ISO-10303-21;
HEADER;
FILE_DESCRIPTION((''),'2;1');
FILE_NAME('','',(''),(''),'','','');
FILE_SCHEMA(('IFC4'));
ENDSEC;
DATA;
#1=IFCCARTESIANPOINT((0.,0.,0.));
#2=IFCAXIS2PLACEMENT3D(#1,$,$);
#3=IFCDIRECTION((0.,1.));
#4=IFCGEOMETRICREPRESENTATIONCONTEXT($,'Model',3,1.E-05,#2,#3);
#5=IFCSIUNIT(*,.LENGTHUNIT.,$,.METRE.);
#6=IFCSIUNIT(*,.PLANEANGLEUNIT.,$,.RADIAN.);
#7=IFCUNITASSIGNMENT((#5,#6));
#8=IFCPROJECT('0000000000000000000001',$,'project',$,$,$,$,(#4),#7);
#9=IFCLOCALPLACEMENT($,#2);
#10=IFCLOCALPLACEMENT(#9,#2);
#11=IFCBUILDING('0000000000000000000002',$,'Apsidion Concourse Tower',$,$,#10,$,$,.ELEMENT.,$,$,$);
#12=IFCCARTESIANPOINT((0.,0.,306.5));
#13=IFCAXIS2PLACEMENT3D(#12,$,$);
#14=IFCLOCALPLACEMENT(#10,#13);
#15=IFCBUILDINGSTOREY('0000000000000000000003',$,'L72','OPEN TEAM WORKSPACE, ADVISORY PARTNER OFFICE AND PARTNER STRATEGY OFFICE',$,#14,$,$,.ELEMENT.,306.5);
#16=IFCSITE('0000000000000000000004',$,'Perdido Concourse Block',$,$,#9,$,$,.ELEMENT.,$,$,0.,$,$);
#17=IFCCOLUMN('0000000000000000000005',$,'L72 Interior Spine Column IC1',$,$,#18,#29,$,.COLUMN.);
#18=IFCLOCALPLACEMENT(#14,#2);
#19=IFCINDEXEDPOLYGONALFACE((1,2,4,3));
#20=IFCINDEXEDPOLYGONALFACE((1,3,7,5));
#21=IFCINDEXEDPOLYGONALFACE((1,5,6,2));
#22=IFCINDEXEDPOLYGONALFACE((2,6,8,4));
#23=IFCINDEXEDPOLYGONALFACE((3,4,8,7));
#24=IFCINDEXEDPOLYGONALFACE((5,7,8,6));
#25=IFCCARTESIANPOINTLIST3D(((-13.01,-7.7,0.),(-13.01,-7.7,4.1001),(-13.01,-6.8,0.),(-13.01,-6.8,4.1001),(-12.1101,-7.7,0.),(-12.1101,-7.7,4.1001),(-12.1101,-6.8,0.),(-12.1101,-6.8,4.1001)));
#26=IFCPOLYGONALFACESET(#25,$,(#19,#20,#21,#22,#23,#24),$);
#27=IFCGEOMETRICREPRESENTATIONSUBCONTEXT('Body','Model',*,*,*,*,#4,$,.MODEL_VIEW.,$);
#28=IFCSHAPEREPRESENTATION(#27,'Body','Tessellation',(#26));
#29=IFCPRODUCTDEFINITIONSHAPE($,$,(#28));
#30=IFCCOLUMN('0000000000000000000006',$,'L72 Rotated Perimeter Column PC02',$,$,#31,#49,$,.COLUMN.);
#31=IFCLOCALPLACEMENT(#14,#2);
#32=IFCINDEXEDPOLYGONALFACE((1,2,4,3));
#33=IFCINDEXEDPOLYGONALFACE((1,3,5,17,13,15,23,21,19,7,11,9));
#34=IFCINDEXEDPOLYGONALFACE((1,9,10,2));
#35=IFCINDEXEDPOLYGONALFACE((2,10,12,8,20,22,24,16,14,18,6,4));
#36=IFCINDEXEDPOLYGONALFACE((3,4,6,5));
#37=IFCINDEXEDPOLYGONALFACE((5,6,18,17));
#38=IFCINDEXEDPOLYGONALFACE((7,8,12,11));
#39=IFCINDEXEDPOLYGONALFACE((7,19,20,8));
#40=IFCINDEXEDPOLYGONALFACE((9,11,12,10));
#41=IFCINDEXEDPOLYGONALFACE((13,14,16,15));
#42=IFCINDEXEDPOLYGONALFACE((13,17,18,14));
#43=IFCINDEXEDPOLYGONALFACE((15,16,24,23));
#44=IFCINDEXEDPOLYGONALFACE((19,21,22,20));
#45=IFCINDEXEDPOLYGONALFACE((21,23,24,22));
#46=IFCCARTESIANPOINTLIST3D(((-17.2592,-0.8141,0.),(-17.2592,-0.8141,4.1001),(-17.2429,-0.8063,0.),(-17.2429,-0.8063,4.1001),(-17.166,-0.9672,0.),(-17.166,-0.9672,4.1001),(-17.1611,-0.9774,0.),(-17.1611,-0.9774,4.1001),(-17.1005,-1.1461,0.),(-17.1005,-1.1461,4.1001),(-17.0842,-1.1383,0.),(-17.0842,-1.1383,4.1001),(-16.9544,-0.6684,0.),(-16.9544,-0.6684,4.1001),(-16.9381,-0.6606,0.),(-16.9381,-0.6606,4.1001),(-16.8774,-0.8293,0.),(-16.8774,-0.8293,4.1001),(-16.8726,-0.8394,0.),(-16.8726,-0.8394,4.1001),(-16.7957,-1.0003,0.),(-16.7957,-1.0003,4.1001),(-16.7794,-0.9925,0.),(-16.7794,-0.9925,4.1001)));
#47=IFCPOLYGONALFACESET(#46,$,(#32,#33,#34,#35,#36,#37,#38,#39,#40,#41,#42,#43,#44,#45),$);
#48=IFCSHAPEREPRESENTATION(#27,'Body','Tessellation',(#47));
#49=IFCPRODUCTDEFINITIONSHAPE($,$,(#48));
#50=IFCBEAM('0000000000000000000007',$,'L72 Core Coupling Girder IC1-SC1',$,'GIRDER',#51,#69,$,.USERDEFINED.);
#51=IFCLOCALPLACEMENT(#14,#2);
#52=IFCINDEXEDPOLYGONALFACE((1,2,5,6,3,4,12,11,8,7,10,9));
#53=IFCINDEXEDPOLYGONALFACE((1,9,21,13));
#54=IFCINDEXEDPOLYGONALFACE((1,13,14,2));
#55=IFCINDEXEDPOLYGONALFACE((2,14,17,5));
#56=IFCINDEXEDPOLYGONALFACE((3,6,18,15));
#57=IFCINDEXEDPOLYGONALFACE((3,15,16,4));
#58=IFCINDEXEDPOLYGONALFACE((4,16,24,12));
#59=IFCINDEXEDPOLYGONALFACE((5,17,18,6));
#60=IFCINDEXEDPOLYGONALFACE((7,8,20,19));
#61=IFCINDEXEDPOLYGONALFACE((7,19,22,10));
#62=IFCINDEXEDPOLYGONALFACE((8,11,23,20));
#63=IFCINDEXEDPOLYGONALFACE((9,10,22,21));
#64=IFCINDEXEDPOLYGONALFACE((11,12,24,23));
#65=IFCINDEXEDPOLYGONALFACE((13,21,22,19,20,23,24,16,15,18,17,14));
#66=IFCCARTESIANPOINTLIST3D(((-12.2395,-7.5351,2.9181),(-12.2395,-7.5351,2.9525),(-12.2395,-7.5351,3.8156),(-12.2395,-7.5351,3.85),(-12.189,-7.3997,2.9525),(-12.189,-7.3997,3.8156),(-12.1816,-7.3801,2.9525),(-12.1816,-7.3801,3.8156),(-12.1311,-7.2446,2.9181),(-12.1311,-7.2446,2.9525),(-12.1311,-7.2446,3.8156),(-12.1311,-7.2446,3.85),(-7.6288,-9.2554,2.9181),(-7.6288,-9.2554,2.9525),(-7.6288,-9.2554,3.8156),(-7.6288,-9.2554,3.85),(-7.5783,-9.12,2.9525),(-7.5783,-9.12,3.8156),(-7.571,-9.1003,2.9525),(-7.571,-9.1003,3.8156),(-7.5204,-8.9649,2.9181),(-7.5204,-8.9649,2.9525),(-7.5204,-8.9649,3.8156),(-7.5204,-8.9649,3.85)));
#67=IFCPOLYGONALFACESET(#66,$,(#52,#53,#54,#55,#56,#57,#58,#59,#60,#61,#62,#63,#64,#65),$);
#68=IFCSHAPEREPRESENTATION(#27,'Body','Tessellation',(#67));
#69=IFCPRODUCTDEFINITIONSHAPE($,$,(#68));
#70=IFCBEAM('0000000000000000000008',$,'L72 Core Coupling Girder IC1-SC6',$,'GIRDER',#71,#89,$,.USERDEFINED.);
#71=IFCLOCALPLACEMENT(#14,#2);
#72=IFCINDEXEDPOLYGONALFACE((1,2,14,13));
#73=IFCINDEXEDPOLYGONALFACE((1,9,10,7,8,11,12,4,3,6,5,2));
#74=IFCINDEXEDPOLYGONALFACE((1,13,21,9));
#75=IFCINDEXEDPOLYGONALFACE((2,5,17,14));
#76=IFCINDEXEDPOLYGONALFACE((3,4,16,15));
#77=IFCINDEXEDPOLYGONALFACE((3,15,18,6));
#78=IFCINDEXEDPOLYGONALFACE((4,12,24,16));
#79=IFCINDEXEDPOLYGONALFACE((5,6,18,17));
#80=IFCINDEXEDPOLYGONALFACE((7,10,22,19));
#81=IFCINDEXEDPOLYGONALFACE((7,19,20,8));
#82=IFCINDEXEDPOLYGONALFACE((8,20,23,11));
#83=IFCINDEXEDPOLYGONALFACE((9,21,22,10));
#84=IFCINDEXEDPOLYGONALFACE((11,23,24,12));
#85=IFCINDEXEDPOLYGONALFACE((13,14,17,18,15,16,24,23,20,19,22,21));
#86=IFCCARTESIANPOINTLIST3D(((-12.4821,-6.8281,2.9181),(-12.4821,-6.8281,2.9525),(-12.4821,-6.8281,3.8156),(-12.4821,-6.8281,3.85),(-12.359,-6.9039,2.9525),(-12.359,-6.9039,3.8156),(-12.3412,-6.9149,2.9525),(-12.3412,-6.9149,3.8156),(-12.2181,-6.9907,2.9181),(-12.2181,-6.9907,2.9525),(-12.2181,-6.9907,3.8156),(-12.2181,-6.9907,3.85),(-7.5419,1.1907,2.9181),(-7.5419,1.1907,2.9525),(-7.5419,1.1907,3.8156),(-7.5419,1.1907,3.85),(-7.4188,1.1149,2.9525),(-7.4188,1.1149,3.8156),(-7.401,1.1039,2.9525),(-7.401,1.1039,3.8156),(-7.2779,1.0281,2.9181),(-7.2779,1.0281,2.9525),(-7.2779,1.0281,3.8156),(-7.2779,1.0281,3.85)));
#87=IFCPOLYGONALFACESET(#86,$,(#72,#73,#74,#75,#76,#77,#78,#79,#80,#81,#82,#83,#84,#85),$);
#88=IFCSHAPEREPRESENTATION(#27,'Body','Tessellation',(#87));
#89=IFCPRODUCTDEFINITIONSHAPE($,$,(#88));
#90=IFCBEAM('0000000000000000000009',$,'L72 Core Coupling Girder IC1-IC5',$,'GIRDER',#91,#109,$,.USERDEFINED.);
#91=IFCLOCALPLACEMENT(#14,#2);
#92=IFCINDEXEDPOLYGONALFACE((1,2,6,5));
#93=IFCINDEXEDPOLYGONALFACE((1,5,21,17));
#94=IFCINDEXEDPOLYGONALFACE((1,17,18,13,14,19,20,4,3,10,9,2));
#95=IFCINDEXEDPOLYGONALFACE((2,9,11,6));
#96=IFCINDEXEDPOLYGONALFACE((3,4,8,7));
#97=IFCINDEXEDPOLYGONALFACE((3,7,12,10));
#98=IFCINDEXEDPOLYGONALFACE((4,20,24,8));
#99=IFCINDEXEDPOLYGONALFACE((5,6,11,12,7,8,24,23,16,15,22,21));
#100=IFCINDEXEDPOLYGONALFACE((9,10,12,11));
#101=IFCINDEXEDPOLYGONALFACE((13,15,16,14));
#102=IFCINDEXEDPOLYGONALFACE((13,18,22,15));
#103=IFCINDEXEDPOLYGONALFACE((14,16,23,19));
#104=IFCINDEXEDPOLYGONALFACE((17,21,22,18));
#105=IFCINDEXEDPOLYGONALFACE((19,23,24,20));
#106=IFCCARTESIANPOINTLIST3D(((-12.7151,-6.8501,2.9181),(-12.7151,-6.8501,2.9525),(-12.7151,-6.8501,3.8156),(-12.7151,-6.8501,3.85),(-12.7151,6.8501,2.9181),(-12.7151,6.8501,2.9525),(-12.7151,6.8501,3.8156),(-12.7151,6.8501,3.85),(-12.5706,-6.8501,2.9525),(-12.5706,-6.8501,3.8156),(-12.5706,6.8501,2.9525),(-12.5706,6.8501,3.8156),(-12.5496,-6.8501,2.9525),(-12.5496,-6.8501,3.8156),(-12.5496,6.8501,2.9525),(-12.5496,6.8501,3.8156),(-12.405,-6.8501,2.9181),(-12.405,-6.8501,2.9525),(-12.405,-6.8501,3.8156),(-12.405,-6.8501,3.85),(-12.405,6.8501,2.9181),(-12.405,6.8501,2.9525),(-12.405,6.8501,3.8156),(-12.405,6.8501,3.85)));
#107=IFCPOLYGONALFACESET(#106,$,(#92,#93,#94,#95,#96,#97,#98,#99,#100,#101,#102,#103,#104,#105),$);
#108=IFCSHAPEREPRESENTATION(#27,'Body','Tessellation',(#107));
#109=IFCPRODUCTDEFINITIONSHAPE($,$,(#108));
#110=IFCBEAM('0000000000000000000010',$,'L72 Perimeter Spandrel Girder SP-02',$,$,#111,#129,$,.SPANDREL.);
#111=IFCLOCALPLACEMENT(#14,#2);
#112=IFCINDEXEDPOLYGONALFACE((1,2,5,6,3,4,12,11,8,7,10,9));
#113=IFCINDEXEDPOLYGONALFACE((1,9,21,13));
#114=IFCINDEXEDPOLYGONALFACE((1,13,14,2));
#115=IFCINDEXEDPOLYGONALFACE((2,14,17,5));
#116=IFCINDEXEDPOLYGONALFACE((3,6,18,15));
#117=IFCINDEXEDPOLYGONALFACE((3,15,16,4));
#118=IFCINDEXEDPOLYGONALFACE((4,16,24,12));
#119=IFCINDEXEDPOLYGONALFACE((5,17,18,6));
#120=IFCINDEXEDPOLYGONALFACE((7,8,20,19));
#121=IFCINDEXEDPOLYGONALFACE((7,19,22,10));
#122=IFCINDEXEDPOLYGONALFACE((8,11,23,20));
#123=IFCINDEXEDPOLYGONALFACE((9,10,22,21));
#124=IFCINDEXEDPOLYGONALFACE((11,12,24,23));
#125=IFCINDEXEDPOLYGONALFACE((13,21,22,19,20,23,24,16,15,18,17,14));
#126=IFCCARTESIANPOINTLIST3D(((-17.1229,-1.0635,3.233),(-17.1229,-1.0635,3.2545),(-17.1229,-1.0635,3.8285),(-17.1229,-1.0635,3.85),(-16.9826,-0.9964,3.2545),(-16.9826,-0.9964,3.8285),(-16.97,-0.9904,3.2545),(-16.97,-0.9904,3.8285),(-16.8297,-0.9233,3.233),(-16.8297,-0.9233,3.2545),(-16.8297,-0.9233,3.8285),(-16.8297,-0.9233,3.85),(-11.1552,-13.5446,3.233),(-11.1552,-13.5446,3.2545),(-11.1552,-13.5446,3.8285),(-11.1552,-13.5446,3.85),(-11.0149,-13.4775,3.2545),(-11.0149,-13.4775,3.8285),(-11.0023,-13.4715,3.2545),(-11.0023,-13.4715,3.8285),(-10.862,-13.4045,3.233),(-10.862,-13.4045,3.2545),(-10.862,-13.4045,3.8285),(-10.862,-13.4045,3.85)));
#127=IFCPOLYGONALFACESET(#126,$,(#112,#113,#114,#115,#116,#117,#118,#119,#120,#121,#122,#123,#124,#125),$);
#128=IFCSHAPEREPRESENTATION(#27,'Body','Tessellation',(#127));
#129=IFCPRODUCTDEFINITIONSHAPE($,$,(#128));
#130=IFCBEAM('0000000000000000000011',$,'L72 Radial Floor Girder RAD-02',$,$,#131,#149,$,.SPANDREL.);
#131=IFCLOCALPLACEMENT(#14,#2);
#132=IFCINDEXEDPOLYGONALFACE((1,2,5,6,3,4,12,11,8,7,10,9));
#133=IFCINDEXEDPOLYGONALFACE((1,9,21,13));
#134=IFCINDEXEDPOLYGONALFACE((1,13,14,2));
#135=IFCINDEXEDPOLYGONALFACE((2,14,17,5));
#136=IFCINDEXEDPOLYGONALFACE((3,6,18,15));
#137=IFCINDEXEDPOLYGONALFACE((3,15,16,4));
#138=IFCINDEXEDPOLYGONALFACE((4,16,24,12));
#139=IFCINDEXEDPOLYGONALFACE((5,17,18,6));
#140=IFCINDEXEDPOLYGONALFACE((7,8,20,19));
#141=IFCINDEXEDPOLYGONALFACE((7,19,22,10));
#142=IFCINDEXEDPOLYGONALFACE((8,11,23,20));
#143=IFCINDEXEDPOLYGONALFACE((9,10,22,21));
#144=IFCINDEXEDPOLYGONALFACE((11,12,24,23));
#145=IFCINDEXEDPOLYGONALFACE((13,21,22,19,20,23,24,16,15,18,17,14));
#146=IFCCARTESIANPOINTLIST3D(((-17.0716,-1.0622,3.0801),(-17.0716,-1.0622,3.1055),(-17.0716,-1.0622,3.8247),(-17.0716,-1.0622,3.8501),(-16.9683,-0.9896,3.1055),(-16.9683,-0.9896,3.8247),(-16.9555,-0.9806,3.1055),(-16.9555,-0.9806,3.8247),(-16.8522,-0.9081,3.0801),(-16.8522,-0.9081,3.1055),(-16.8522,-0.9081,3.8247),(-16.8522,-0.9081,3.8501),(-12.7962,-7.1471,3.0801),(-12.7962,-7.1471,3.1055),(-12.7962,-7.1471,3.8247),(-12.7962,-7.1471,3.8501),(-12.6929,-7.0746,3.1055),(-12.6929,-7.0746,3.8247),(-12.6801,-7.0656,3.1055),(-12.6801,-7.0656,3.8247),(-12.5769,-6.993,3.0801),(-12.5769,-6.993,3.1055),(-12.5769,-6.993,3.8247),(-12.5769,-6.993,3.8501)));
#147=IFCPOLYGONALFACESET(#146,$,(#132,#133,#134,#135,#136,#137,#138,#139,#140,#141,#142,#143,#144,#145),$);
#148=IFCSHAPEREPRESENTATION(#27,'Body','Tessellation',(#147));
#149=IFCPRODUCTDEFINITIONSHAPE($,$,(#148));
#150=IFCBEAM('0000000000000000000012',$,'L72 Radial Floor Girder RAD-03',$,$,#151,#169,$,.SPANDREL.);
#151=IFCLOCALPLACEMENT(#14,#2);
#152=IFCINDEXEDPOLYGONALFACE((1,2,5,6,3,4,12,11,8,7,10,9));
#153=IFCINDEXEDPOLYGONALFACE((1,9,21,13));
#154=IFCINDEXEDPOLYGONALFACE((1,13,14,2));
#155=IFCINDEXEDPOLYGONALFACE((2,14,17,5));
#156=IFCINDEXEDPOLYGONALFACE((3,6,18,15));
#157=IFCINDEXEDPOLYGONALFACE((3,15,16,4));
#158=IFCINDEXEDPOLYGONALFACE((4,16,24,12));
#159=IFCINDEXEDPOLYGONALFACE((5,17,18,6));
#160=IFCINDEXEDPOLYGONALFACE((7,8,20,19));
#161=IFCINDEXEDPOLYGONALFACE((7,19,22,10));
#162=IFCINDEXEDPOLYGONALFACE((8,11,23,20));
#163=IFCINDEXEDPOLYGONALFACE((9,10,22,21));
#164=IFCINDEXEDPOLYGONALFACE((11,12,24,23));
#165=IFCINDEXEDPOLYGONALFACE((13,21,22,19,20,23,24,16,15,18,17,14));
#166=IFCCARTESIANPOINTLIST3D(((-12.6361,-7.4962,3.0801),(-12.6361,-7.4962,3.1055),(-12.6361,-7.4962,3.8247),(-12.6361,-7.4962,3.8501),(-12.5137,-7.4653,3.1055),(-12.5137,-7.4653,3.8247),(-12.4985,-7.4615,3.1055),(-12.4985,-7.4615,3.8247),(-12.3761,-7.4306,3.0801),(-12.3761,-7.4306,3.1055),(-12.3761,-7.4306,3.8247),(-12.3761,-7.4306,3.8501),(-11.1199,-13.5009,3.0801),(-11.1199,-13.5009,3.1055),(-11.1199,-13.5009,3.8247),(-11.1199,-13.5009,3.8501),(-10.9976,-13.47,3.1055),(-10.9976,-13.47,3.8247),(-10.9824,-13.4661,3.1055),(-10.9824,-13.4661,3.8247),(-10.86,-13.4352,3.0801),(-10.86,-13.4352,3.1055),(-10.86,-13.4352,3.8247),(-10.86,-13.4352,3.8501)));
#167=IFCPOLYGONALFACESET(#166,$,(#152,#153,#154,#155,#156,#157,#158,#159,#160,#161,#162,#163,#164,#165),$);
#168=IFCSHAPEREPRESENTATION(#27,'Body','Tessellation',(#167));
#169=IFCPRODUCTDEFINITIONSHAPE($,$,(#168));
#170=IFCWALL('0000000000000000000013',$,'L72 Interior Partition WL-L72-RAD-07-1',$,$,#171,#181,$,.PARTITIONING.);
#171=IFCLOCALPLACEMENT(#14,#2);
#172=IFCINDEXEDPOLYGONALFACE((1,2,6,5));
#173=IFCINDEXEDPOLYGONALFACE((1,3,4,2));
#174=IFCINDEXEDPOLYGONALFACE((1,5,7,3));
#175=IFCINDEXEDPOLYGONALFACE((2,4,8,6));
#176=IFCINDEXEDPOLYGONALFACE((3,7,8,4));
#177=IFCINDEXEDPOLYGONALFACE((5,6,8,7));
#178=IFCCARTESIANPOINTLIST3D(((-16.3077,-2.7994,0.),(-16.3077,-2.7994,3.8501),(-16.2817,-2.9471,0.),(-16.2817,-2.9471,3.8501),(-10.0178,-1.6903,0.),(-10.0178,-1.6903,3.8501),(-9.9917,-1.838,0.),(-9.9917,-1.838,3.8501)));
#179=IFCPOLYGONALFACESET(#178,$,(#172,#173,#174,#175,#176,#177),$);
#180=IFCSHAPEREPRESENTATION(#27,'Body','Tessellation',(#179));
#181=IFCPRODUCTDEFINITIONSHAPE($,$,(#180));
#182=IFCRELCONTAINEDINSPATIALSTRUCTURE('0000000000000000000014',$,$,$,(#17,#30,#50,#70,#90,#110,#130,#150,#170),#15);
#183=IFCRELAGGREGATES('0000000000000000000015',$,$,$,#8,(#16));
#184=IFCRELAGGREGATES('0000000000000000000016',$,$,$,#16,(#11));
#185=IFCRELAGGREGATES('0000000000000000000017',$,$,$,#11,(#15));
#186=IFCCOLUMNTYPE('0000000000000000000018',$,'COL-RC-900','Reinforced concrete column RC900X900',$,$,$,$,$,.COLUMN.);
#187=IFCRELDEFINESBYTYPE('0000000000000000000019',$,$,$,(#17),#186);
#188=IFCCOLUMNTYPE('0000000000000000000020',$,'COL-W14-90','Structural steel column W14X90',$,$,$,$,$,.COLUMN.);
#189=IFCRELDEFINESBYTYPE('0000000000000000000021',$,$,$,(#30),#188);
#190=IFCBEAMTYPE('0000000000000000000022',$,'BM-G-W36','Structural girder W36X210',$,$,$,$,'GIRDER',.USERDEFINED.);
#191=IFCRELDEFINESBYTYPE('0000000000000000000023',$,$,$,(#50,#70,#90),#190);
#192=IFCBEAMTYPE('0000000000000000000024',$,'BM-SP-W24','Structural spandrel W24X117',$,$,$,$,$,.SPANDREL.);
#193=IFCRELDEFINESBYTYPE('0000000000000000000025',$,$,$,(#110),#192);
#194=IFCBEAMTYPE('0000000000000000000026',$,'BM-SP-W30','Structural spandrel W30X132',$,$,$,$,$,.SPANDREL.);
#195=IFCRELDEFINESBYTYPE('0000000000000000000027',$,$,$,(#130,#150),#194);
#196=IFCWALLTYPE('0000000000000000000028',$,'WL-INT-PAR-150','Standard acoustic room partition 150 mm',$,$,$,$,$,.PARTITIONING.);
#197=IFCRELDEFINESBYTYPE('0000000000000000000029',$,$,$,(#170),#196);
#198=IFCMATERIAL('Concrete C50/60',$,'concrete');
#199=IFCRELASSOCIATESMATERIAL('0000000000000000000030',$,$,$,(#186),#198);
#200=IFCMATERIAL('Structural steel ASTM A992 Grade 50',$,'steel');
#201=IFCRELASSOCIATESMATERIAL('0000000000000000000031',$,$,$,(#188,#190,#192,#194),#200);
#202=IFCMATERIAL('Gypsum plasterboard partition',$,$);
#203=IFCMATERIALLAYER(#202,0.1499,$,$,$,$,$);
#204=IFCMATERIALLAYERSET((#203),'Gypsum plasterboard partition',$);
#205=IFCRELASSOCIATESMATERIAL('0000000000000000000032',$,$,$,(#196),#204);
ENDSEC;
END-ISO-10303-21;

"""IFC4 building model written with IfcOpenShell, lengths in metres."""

from ifc_helpers import new_model, si_unit, direction, frame, frame_2d, origin, origin_2d, place, context, subcontext, project, spatial, rectangle, i_section, extrude, material, layer, layer_set, material_profile, profile_set, type_object, element, save


model = new_model("IFC4")

# Units and contexts
model_context = context("Model", 3, precision=1e-05, world=origin(), true_north=direction((0.0, 1.0)))
body_context = subcontext(model_context, "Body", "Model", "MODEL_VIEW")
ifc_project = project(units=[si_unit("LENGTHUNIT", "METRE"), si_unit("PLANEANGLEUNIT", "RADIAN")], contexts=[model_context])

# Site, building, storey
site_placement = place(None, origin())
site = spatial("IfcSite", under=ifc_project, at=site_placement, Name="Perdido Concourse Block", CompositionType="ELEMENT", RefElevation=0.0)
building_placement = place(site_placement, origin())
building = spatial("IfcBuilding", under=site, at=building_placement, Name="Apsidion Concourse Tower", CompositionType="ELEMENT")
storey_placement = place(building_placement, frame((0.0, 0.0, 306.5)))
storey = spatial("IfcBuildingStorey", under=building, at=storey_placement, Name="L72", Description="OPEN TEAM WORKSPACE, ADVISORY PARTNER OFFICE AND PARTNER STRATEGY OFFICE", CompositionType="ELEMENT", Elevation=306.5)

# Columns
ifc_material_1 = material(Name="Concrete C50/60", Category="concrete")
ifc_material_profile_1 = material_profile(ifc_material_1, rectangle(XDim=0.8999, YDim=0.8999, at=origin_2d()), Name="RC 900x900")
ifc_profile_set_1 = profile_set([ifc_material_profile_1], Name="Concrete C50/60")
column_type_1 = type_object("IfcColumnType", Name="COL-RC-900", Description="Reinforced concrete column RC900X900", PredefinedType="COLUMN", material=ifc_profile_set_1)
column_1_placement = place(storey_placement, frame((-12.5601, -7.25, 0.0), z_axis=(0.0, 0.0, 1.0), x_axis=(1.0, 0.0, 0.0)))
element("IfcColumn", 1, at=column_1_placement, inside=storey, type_object=column_type_1, Name="L72 Interior Spine Column IC1", PredefinedType="COLUMN", context=body_context, shape_type="SweptSolid", body=[
    extrude(rectangle(XDim=0.8999, YDim=0.8999, at=origin_2d()), origin(), (0.0, 0.0, 1.0), 4.1001),
])
ifc_material_2 = material(Name="Structural steel ASTM A992 Grade 50", Category="steel")
ifc_material_profile_2 = material_profile(ifc_material_2, i_section(OverallWidth=0.3679, OverallDepth=0.356, WebThickness=0.0112, FlangeThickness=0.0181, at=origin_2d()), Name="W14X90")
ifc_profile_set_2 = profile_set([ifc_material_profile_2], Name="Structural steel ASTM A992 Grade 50")
column_type_2 = type_object("IfcColumnType", Name="COL-W14-90", Description="Structural steel column W14X90", PredefinedType="COLUMN", material=ifc_profile_set_2)
column_2_placement = place(storey_placement, frame((-17.0193, -0.9033, 0.0), z_axis=(0.0, 0.0, 1.0), x_axis=(-0.431299, 0.902209, 0.0)))
element("IfcColumn", 2, at=column_2_placement, inside=storey, type_object=column_type_2, Name="L72 Rotated Perimeter Column PC02", PredefinedType="COLUMN", context=body_context, shape_type="SweptSolid", body=[
    extrude(i_section(OverallWidth=0.3679, OverallDepth=0.356, WebThickness=0.0112, FlangeThickness=0.0181, at=origin_2d()), origin(), (0.0, 0.0, 1.0), 4.1001),
])

# Beams
ifc_material_profile_3 = material_profile(ifc_material_2, i_section(OverallWidth=0.3101, OverallDepth=0.9319, WebThickness=0.021, FlangeThickness=0.0344, at=origin_2d()), Name="W36X210")
ifc_profile_set_3 = profile_set([ifc_material_profile_3], Name="Structural steel ASTM A992 Grade 50")
beam_type_1 = type_object("IfcBeamType", Name="BM-G-W36", Description="Structural girder W36X210", ElementType="GIRDER", PredefinedType="USERDEFINED", material=ifc_profile_set_3)
beam_1_placement = place(storey_placement, frame((-12.1853, -7.3899, 3.384), z_axis=(0.936913, -0.349563, 0.0), x_axis=(0.349563, 0.936913, 0.0)))
element("IfcBeam", 3, at=beam_1_placement, inside=storey, type_object=beam_type_1, Name="L72 Core Coupling Girder IC1-SC1", ObjectType="GIRDER", PredefinedType="USERDEFINED", context=body_context, shape_type="SweptSolid", body=[
    extrude(i_section(OverallWidth=0.3101, OverallDepth=0.9319, WebThickness=0.021, FlangeThickness=0.0344, at=origin_2d()), origin(), (0.0, 0.0, 1.0), 4.9211),
])
beam_2_placement = place(storey_placement, frame((-12.3501, -6.9094, 3.384), z_axis=(0.524524, 0.851396, 0.0), x_axis=(-0.851396, 0.524524, 0.0)))
element("IfcBeam", 4, at=beam_2_placement, inside=storey, type_object=beam_type_1, Name="L72 Core Coupling Girder IC1-SC6", ObjectType="GIRDER", PredefinedType="USERDEFINED", context=body_context, shape_type="SweptSolid", body=[
    extrude(i_section(OverallWidth=0.3101, OverallDepth=0.9319, WebThickness=0.021, FlangeThickness=0.0344, at=origin_2d()), origin(), (0.0, 0.0, 1.0), 9.4185),
])
beam_3_placement = place(storey_placement, frame((-12.5601, -6.8501, 3.384), z_axis=(0.0, 1.0, 0.0), x_axis=(-1.0, 0.0, 0.0)))
element("IfcBeam", 5, at=beam_3_placement, inside=storey, type_object=beam_type_1, Name="L72 Core Coupling Girder IC1-IC5", ObjectType="GIRDER", PredefinedType="USERDEFINED", context=body_context, shape_type="SweptSolid", body=[
    extrude(i_section(OverallWidth=0.3101, OverallDepth=0.9319, WebThickness=0.021, FlangeThickness=0.0344, at=origin_2d()), origin(), (0.0, 0.0, 1.0), 13.7002),
])
ifc_material_profile_4 = material_profile(ifc_material_2, i_section(OverallWidth=0.325, OverallDepth=0.6169, WebThickness=0.0139, FlangeThickness=0.0215, at=origin_2d()), Name="W24X117")
ifc_profile_set_4 = profile_set([ifc_material_profile_4], Name="Structural steel ASTM A992 Grade 50")
beam_type_2 = type_object("IfcBeamType", Name="BM-SP-W24", Description="Structural spandrel W24X117", PredefinedType="SPANDREL", material=ifc_profile_set_4)
beam_4_placement = place(storey_placement, frame((-16.9763, -0.9934, 3.5415), z_axis=(0.431367, -0.902176, 0.0), x_axis=(0.902176, 0.431367, 0.0)))
element("IfcBeam", 6, at=beam_4_placement, inside=storey, type_object=beam_type_2, Name="L72 Perimeter Spandrel Girder SP-02", PredefinedType="SPANDREL", context=body_context, shape_type="SweptSolid", body=[
    extrude(i_section(OverallWidth=0.325, OverallDepth=0.6169, WebThickness=0.0139, FlangeThickness=0.0215, at=origin_2d()), origin(), (0.0, 0.0, 1.0), 13.8345),
])
ifc_material_profile_5 = material_profile(ifc_material_2, i_section(OverallWidth=0.2681, OverallDepth=0.77, WebThickness=0.0156, FlangeThickness=0.0254, at=origin_2d()), Name="W30X132")
ifc_profile_set_5 = profile_set([ifc_material_profile_5], Name="Structural steel ASTM A992 Grade 50")
beam_type_3 = type_object("IfcBeamType", Name="BM-SP-W30", Description="Structural spandrel W30X132", PredefinedType="SPANDREL", material=ifc_profile_set_5)
beam_5_placement = place(storey_placement, frame((-12.6865, -7.0701, 3.4651), z_axis=(-0.574898, 0.818225, 0.0), x_axis=(-0.818225, -0.574898, 0.0)))
element("IfcBeam", 7, at=beam_5_placement, inside=storey, type_object=beam_type_3, Name="L72 Radial Floor Girder RAD-02", PredefinedType="SPANDREL", context=body_context, shape_type="SweptSolid", body=[
    extrude(i_section(OverallWidth=0.2681, OverallDepth=0.77, WebThickness=0.0156, FlangeThickness=0.0254, at=origin_2d()), origin(), (0.0, 0.0, 1.0), 7.4368),
])
beam_6_placement = place(storey_placement, frame((-12.5061, -7.4634, 3.4651), z_axis=(0.244807, -0.969572, 0.0), x_axis=(0.969572, 0.244807, 0.0)))
element("IfcBeam", 8, at=beam_6_placement, inside=storey, type_object=beam_type_3, Name="L72 Radial Floor Girder RAD-03", PredefinedType="SPANDREL", context=body_context, shape_type="SweptSolid", body=[
    extrude(i_section(OverallWidth=0.2681, OverallDepth=0.77, WebThickness=0.0156, FlangeThickness=0.0254, at=origin_2d()), origin(), (0.0, 0.0, 1.0), 6.1931),
])

# Wall
ifc_material_3 = material(Name="Gypsum plasterboard partition")
ifc_layer_1 = layer(ifc_material_3, 0.1499)
ifc_layer_set_1 = layer_set([ifc_layer_1], Name="Gypsum plasterboard partition")
wall_type_1 = type_object("IfcWallType", Name="WL-INT-PAR-150", Description="Standard acoustic room partition 150 mm", PredefinedType="PARTITIONING", material=ifc_layer_set_1)
wall_1_placement = place(storey_placement, frame((-10.0049, -1.7642, 0.0), z_axis=(0.0, 0.0, 1.0), x_axis=(-0.984807, -0.173652, 0.0)))
element("IfcWall", 9, at=wall_1_placement, inside=storey, type_object=wall_type_1, Name="L72 Interior Partition WL-L72-RAD-07-1", PredefinedType="PARTITIONING", context=body_context, shape_type="SweptSolid", body=[
    extrude(rectangle(XDim=6.387, YDim=0.1499, at=frame_2d((3.1934, 0.0))), origin(), (0.0, 0.0, 1.0), 3.8501),
])

save(model, "model.ifc")
